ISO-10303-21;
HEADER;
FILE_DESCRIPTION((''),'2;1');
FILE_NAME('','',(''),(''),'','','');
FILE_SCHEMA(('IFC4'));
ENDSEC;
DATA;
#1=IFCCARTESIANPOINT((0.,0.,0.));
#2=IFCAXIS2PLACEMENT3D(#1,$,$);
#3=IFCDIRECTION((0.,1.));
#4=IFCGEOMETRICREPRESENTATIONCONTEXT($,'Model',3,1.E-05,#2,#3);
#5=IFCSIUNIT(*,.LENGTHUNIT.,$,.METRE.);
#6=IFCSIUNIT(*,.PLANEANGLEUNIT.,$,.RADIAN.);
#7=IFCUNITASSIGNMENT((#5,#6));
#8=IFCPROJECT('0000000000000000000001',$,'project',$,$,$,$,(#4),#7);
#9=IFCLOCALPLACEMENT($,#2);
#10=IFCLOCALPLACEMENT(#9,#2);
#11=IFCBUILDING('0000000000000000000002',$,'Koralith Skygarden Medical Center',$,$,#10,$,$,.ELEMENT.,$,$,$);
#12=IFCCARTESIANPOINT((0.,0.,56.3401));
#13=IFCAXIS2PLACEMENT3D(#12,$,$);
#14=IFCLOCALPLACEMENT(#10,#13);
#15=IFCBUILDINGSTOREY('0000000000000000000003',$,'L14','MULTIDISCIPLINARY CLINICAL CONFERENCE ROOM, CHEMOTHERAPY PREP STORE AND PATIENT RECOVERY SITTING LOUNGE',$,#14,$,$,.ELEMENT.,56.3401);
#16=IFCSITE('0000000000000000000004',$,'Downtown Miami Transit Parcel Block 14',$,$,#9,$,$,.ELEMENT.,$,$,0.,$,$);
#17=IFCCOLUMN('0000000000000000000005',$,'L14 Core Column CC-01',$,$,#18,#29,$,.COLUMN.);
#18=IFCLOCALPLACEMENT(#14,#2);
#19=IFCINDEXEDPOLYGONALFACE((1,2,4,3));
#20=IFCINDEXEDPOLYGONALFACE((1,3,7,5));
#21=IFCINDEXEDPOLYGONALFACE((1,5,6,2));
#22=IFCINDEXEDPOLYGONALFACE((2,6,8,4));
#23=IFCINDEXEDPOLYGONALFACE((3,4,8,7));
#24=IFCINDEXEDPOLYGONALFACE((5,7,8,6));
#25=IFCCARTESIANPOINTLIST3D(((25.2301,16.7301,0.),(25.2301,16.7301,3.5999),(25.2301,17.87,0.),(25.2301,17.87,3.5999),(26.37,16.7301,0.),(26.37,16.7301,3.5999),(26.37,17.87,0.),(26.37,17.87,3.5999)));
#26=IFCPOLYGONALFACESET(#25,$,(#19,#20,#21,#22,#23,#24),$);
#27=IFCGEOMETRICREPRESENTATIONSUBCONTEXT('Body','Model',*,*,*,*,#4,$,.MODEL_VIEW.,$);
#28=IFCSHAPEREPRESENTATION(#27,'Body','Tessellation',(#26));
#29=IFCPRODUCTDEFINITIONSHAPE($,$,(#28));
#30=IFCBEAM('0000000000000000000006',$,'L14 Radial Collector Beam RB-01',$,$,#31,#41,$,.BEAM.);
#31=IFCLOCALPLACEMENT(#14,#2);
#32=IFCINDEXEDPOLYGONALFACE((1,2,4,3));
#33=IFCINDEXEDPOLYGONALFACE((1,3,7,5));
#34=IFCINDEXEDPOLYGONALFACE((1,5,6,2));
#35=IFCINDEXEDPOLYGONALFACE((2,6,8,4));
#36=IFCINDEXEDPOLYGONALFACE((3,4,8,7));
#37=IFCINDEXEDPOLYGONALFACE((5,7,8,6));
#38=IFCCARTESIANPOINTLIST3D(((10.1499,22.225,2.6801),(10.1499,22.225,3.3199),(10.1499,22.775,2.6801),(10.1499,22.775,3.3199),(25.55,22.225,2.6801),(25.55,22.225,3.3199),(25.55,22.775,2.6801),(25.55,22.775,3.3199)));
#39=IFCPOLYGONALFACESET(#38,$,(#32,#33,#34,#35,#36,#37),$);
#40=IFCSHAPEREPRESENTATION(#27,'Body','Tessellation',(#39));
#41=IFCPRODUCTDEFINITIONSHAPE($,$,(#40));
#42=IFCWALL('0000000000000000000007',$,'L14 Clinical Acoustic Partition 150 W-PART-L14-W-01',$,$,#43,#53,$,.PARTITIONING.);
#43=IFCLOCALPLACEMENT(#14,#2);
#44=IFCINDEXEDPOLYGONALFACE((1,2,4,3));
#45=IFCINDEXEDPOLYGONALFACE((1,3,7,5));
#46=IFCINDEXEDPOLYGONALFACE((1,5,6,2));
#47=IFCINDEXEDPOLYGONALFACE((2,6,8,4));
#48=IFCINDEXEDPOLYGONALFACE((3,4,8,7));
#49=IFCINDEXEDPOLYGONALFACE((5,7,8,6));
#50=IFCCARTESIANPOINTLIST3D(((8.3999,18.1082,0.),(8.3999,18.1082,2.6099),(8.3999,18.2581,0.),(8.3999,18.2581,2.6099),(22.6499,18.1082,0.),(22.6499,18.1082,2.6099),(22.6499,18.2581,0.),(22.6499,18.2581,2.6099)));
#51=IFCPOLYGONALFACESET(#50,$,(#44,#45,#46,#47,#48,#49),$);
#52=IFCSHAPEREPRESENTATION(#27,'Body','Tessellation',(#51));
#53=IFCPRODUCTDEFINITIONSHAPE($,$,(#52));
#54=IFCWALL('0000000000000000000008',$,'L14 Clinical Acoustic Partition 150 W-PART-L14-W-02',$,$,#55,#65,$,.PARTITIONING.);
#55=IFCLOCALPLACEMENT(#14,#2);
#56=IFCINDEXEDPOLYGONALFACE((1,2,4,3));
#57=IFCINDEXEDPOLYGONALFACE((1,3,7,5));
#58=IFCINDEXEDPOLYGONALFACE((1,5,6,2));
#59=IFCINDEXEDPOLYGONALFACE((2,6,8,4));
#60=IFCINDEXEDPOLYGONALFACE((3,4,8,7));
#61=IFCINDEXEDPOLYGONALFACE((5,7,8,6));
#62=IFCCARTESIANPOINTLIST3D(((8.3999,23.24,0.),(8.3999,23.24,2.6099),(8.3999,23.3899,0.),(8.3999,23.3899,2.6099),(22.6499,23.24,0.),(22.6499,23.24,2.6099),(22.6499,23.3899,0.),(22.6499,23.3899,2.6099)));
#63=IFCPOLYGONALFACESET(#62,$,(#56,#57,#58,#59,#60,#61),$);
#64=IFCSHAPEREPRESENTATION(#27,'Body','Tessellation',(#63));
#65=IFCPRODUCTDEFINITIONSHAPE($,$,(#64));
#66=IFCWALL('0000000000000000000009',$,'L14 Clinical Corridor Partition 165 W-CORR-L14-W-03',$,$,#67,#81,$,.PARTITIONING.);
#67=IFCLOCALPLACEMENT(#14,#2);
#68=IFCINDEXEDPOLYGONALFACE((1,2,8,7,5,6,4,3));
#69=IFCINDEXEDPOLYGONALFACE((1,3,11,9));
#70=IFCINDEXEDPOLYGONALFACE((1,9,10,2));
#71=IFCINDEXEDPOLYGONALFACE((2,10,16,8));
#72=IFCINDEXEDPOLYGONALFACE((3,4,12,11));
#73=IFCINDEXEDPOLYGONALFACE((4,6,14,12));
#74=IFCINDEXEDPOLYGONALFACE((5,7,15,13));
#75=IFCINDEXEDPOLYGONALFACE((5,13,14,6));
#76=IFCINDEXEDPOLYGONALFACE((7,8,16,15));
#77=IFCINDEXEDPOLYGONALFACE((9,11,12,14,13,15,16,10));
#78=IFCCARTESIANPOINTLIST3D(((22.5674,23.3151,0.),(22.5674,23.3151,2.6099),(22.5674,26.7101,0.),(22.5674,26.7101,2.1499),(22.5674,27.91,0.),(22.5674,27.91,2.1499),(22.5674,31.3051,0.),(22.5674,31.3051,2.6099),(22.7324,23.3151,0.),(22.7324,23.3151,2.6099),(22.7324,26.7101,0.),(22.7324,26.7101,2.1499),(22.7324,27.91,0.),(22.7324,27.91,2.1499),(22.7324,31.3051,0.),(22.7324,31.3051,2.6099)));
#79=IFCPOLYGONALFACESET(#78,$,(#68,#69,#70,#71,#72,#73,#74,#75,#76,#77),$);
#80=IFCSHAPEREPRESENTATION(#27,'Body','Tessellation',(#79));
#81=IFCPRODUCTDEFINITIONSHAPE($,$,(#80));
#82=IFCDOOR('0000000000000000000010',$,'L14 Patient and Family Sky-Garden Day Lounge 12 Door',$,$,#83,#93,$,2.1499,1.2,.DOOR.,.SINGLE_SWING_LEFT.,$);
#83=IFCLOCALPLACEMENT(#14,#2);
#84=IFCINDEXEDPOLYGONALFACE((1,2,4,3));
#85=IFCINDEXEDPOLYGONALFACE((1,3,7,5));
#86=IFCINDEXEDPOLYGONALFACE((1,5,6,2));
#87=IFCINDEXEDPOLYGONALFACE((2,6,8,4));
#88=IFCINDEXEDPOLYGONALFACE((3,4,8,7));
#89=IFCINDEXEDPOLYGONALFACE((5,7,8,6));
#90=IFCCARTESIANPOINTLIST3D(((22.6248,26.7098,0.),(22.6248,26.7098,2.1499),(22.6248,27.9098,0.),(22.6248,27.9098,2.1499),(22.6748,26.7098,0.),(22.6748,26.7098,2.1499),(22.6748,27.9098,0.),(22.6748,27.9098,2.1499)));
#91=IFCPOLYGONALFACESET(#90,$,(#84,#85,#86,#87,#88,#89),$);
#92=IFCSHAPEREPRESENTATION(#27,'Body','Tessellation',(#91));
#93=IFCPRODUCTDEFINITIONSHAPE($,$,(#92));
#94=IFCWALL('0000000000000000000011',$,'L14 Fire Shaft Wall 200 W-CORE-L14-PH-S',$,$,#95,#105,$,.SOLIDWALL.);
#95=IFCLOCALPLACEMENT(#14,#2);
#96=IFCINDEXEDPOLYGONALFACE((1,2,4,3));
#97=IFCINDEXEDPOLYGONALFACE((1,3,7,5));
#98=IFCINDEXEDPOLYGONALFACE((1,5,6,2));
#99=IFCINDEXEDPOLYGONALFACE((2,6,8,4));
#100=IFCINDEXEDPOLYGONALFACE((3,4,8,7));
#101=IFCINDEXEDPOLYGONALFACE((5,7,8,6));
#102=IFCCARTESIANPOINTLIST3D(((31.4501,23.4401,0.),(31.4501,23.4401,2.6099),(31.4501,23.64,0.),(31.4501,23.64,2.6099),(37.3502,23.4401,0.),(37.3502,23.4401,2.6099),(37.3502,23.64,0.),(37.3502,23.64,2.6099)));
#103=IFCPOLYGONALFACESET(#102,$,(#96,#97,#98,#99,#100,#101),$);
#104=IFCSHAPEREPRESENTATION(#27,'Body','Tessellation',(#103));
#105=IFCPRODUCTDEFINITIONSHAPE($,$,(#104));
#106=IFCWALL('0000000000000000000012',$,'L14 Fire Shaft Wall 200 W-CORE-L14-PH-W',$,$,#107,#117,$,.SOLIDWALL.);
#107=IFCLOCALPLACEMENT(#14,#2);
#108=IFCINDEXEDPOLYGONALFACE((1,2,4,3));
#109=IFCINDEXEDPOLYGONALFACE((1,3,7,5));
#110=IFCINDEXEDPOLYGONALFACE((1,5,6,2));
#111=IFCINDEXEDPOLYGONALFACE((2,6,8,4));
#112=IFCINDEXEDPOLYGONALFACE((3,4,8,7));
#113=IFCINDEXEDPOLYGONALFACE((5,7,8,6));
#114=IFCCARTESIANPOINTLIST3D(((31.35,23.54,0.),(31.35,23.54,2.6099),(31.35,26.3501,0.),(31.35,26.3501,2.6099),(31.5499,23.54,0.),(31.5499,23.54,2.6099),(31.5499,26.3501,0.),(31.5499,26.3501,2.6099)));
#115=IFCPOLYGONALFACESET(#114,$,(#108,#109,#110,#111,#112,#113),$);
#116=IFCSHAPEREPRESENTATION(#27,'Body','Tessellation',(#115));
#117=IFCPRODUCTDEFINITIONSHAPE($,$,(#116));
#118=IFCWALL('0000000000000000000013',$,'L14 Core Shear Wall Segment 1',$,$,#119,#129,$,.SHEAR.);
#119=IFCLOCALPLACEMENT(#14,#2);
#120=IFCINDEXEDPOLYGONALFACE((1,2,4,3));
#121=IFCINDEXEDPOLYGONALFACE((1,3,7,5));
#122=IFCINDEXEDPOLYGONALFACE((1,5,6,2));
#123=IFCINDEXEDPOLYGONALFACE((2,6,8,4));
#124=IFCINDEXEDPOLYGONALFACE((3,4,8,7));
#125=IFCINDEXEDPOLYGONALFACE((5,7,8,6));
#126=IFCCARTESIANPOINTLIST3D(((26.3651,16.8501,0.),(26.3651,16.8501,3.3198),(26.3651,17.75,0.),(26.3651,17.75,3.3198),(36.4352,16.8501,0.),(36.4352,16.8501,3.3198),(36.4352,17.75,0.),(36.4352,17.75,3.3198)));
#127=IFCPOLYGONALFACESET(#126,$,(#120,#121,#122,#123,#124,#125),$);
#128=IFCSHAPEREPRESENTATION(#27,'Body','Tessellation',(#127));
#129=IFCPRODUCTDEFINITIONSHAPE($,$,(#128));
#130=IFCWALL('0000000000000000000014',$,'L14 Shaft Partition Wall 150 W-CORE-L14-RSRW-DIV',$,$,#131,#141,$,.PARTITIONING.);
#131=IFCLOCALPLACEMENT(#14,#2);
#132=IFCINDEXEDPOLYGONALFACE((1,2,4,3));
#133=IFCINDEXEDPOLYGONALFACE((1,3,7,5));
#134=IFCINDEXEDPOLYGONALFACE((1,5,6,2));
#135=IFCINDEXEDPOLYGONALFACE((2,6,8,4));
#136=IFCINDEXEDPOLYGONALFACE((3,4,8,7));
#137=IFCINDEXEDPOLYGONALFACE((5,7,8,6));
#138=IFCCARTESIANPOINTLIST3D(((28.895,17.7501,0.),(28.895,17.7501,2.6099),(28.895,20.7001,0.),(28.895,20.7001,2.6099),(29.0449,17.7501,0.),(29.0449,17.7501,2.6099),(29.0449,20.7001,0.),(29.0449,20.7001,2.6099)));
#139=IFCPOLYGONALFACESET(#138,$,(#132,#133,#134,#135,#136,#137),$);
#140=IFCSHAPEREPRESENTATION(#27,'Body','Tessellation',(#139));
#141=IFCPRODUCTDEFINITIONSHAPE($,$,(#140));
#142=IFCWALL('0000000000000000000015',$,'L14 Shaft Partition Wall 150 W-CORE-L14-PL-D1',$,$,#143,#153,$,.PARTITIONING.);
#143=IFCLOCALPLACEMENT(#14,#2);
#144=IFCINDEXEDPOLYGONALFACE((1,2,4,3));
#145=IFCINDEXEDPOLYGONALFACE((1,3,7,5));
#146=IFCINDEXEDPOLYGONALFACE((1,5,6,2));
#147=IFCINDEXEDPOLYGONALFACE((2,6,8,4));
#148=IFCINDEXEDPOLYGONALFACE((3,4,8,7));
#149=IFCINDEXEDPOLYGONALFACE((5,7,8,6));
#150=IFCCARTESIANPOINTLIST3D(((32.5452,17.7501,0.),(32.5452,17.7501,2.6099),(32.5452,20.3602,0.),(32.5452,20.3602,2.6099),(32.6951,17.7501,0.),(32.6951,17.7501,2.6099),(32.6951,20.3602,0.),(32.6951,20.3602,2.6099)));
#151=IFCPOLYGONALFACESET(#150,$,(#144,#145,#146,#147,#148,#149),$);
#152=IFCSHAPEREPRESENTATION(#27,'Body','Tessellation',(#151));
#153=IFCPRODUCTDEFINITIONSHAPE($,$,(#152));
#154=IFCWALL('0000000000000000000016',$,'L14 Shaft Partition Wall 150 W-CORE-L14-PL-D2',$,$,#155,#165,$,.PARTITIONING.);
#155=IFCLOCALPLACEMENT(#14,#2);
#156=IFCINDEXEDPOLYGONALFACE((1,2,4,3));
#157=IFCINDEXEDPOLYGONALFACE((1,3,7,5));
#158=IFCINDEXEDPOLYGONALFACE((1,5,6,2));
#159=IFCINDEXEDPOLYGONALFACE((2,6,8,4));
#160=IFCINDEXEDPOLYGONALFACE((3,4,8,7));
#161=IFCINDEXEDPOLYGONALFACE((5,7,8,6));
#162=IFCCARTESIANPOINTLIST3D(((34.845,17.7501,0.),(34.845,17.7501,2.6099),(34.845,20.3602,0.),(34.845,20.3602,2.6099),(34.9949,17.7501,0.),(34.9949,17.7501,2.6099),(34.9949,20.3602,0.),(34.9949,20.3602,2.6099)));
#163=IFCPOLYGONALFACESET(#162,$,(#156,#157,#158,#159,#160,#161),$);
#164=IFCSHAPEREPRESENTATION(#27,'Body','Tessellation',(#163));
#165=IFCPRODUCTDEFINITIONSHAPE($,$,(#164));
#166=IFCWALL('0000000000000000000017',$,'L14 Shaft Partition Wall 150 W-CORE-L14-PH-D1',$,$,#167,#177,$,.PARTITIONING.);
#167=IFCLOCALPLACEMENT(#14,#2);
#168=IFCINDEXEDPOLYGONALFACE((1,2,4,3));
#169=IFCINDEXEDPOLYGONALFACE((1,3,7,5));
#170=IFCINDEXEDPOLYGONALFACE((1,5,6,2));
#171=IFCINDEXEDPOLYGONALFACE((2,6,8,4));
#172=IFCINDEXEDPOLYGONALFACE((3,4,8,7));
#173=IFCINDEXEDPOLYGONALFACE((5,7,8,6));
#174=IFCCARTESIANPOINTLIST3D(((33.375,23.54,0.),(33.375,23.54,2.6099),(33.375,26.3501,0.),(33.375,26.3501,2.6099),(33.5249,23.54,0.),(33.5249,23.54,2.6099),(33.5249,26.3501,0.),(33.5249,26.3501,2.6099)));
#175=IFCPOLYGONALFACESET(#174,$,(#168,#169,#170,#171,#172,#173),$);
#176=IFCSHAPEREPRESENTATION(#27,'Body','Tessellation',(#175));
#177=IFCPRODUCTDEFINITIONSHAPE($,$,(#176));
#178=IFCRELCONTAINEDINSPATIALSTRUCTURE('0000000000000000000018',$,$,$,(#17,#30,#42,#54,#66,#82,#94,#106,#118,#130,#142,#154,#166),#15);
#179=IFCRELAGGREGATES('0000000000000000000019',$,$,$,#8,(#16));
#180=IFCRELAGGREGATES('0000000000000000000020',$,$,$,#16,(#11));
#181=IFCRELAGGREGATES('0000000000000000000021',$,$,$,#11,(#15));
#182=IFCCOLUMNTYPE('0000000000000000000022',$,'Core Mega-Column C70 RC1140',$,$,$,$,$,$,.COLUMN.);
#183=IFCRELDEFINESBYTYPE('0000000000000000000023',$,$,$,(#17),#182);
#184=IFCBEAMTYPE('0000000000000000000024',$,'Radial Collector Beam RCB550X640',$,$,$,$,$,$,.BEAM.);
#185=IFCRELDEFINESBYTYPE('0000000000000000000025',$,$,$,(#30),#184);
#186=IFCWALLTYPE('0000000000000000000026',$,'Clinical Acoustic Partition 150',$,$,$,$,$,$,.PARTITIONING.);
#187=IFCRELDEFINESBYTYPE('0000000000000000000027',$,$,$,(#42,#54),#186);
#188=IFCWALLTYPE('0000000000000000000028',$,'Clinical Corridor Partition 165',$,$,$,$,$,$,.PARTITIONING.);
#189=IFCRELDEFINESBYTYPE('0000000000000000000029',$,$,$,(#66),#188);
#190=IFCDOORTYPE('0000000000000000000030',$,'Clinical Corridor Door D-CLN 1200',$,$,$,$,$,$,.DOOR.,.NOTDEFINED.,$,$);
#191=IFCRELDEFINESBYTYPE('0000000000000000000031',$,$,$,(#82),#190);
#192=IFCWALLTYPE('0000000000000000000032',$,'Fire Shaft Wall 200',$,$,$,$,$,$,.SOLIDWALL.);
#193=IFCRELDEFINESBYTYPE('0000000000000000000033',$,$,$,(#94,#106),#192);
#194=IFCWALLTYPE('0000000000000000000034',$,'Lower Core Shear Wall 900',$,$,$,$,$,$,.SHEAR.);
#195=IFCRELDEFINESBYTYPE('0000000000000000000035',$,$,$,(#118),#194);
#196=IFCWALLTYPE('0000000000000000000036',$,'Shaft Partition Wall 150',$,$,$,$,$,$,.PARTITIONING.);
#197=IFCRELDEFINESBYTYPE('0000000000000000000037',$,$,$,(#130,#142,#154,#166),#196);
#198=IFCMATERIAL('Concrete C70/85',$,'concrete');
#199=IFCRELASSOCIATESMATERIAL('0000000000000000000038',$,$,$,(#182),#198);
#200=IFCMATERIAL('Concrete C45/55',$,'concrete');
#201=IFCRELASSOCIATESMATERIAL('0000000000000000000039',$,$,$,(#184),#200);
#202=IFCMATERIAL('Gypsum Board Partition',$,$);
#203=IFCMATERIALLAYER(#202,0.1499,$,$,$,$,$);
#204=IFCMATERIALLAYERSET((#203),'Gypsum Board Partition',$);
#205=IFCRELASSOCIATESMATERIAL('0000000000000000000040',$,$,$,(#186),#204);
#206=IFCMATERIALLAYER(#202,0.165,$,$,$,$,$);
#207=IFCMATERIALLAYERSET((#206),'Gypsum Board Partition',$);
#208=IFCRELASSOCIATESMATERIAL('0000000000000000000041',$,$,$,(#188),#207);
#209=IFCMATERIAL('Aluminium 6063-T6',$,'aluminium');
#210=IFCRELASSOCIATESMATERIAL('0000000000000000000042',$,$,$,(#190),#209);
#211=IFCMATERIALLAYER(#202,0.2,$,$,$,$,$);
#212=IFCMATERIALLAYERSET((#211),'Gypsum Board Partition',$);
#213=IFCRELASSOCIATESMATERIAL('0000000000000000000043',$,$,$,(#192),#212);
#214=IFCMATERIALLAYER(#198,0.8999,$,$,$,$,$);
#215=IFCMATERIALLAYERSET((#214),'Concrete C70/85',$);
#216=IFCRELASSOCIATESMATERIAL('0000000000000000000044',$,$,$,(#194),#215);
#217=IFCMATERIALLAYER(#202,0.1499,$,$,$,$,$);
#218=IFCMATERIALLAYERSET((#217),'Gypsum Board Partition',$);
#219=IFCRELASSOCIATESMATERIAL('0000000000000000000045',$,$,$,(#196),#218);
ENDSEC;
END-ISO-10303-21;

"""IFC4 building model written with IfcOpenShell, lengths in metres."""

from ifc_helpers import new_model, si_unit, direction, frame, frame_2d, origin, origin_2d, place, context, subcontext, project, spatial, rectangle, extrude, material, layer, layer_set, material_profile, profile_set, type_object, element, fill, save


model = new_model("IFC4")

# Units and contexts
model_context = context("Model", 3, precision=1e-05, world=origin(), true_north=direction((0.0, 1.0)))
body_context = subcontext(model_context, "Body", "Model", "MODEL_VIEW")
ifc_project = project(units=[si_unit("LENGTHUNIT", "METRE"), si_unit("PLANEANGLEUNIT", "RADIAN")], contexts=[model_context])

# Site, building, storey
site_placement = place(None, origin())
site = spatial("IfcSite", under=ifc_project, at=site_placement, Name="Downtown Miami Transit Parcel Block 14", CompositionType="ELEMENT", RefElevation=0.0)
building_placement = place(site_placement, origin())
building = spatial("IfcBuilding", under=site, at=building_placement, Name="Koralith Skygarden Medical Center", CompositionType="ELEMENT")
storey_placement = place(building_placement, frame((0.0, 0.0, 56.3401)))
storey = spatial("IfcBuildingStorey", under=building, at=storey_placement, Name="L14", Description="MULTIDISCIPLINARY CLINICAL CONFERENCE ROOM, CHEMOTHERAPY PREP STORE AND PATIENT RECOVERY SITTING LOUNGE", CompositionType="ELEMENT", Elevation=56.3401)

# Column
ifc_material_1 = material(Name="Concrete C70/85", Category="concrete")
ifc_material_profile_1 = material_profile(ifc_material_1, rectangle(XDim=1.1399, YDim=1.1399, at=origin_2d()), Name="RC1140X1140")
ifc_profile_set_1 = profile_set([ifc_material_profile_1], Name="Concrete C70/85")
column_type = type_object("IfcColumnType", Name="Core Mega-Column C70 RC1140", PredefinedType="COLUMN", material=ifc_profile_set_1)
column_placement = place(storey_placement, frame((25.8, 17.3, 0.0), z_axis=(0.0, 0.0, 1.0), x_axis=(1.0, 0.0, 0.0)))
element("IfcColumn", 1, at=column_placement, inside=storey, type_object=column_type, Name="L14 Core Column CC-01", PredefinedType="COLUMN", context=body_context, shape_type="SweptSolid", body=[
    extrude(rectangle(XDim=1.1399, YDim=1.1399, at=origin_2d()), origin(), (0.0, 0.0, 1.0), 3.5999),
])

# Beam
ifc_material_2 = material(Name="Concrete C45/55", Category="concrete")
ifc_material_profile_2 = material_profile(ifc_material_2, rectangle(XDim=0.55, YDim=0.6399, at=origin_2d()), Name="RCB550X640")
ifc_profile_set_2 = profile_set([ifc_material_profile_2], Name="Concrete C45/55")
beam_type = type_object("IfcBeamType", Name="Radial Collector Beam RCB550X640", PredefinedType="BEAM", material=ifc_profile_set_2)
beam_placement = place(storey_placement, frame((25.55, 22.5, 3.0), z_axis=(-1.0, 0.0, 0.0), x_axis=(0.0, -1.0, 0.0)))
element("IfcBeam", 2, at=beam_placement, inside=storey, type_object=beam_type, Name="L14 Radial Collector Beam RB-01", PredefinedType="BEAM", context=body_context, shape_type="SweptSolid", body=[
    extrude(rectangle(XDim=0.55, YDim=0.6399, at=origin_2d()), origin(), (0.0, 0.0, 1.0), 15.4001),
])

# Walls
ifc_material_3 = material(Name="Gypsum Board Partition")
ifc_layer_1 = layer(ifc_material_3, 0.1499)
ifc_layer_set_1 = layer_set([ifc_layer_1], Name="Gypsum Board Partition")
wall_type_1 = type_object("IfcWallType", Name="Clinical Acoustic Partition 150", PredefinedType="PARTITIONING", material=ifc_layer_set_1)
for number, where, z_axis, x_axis, name in (
    (3, (22.6499, 18.1831, 0.0), (0.0, 0.0, 1.0), (-1.0, 0.0, 0.0), "L14 Clinical Acoustic Partition 150 W-PART-L14-W-01"),
    (4, (22.6499, 23.3149, 0.0), (0.0, 0.0, 1.0), (-1.0, 0.0, 0.0), "L14 Clinical Acoustic Partition 150 W-PART-L14-W-02"),
):
    element("IfcWall", number, at=place(storey_placement, frame(where, z_axis=z_axis, x_axis=x_axis)), inside=storey, type_object=wall_type_1, Name=name, PredefinedType="PARTITIONING", context=body_context, shape_type="SweptSolid", body=[
        extrude(rectangle(XDim=14.25, YDim=0.1499, at=frame_2d((7.125, 0.0))), origin(), (0.0, 0.0, 1.0), 2.6099),
    ])

# Wall, opening, door
ifc_layer_2 = layer(ifc_material_3, 0.165)
ifc_layer_set_2 = layer_set([ifc_layer_2], Name="Gypsum Board Partition")
wall_type_2 = type_object("IfcWallType", Name="Clinical Corridor Partition 165", PredefinedType="PARTITIONING", material=ifc_layer_set_2)
ifc_material_4 = material(Name="Aluminium 6063-T6", Category="aluminium")
door_type_1 = type_object("IfcDoorType", Name="Clinical Corridor Door D-CLN 1200", OperationType="NOTDEFINED", PredefinedType="DOOR", material=ifc_material_4)
wall_1_placement = place(storey_placement, frame((22.6499, 23.3149, 0.0), z_axis=(0.0, 0.0, 1.0), x_axis=(0.0, 1.0, 0.0)))
wall_1 = element("IfcWall", 5, at=wall_1_placement, inside=storey, type_object=wall_type_2, Name="L14 Clinical Corridor Partition 165 W-CORR-L14-W-03", PredefinedType="PARTITIONING", context=body_context, shape_type="SweptSolid", body=[
    extrude(rectangle(XDim=7.99, YDim=0.165, at=frame_2d((3.9951, 0.0))), origin(), (0.0, 0.0, 1.0), 2.6099),
])
opening_1_placement = place(wall_1_placement, frame((3.395, 0.0, 0.0)))
opening_1 = element("IfcOpeningElement", 6, at=opening_1_placement, cuts=wall_1, PredefinedType="OPENING", context=body_context, shape_type="SweptSolid", body=[
    extrude(rectangle(XDim=1.2, YDim=2.1499, at=frame_2d((0.6001, 1.075))), frame((0.0, 0.0925, 0.0), z_axis=(0.0, -1.0, 0.0), x_axis=(1.0, 0.0, 0.0)), (0.0, 0.0, 1.0), 0.1851),
])
door_1_placement = place(opening_1_placement, frame((1.2, 0.0, 0.0), z_axis=(0.0, 0.0, 1.0), x_axis=(-1.0, 0.0, 0.0)))
door_1 = element("IfcDoor", 7, at=door_1_placement, inside=storey, type_object=door_type_1, Name="L14 Patient and Family Sky-Garden Day Lounge 12 Door", OperationType="SINGLE_SWING_LEFT", OverallHeight=2.1499, OverallWidth=1.2, PredefinedType="DOOR", context=body_context, shape_type="SweptSolid", body=[
    extrude(rectangle(XDim=1.2, YDim=2.1499, at=frame_2d((0.6001, 1.075))), frame((0.0, 0.0249, 0.0), z_axis=(0.0, -1.0, 0.0), x_axis=(1.0, 0.0, 0.0)), (0.0, 0.0, 1.0), 0.05),
])
fill(opening_1, door_1)
ifc_layer_3 = layer(ifc_material_3, 0.2)
ifc_layer_set_3 = layer_set([ifc_layer_3], Name="Gypsum Board Partition")
wall_type_3 = type_object("IfcWallType", Name="Fire Shaft Wall 200", PredefinedType="SOLIDWALL", material=ifc_layer_set_3)

# Walls
wall_2_placement = place(storey_placement, frame((31.45, 23.54, 0.0), z_axis=(0.0, 0.0, 1.0), x_axis=(1.0, 0.0, 0.0)))
element("IfcWall", 8, at=wall_2_placement, inside=storey, type_object=wall_type_3, Name="L14 Fire Shaft Wall 200 W-CORE-L14-PH-S", PredefinedType="SOLIDWALL", context=body_context, shape_type="SweptSolid", body=[
    extrude(rectangle(XDim=5.9001, YDim=0.2, at=frame_2d((2.9502, 0.0))), origin(), (0.0, 0.0, 1.0), 2.6099),
])
wall_3_placement = place(storey_placement, frame((31.45, 23.54, 0.0), z_axis=(0.0, 0.0, 1.0), x_axis=(0.0, 1.0, 0.0)))
element("IfcWall", 9, at=wall_3_placement, inside=storey, type_object=wall_type_3, Name="L14 Fire Shaft Wall 200 W-CORE-L14-PH-W", PredefinedType="SOLIDWALL", context=body_context, shape_type="SweptSolid", body=[
    extrude(rectangle(XDim=2.8101, YDim=0.2, at=frame_2d((1.405, 0.0))), origin(), (0.0, 0.0, 1.0), 2.6099),
])
ifc_layer_4 = layer(ifc_material_1, 0.8999)
ifc_layer_set_4 = layer_set([ifc_layer_4], Name="Concrete C70/85")
wall_type_4 = type_object("IfcWallType", Name="Lower Core Shear Wall 900", PredefinedType="SHEAR", material=ifc_layer_set_4)
wall_4_placement = place(storey_placement, frame((26.365, 17.3, 0.0), z_axis=(0.0, 0.0, 1.0), x_axis=(1.0, 0.0, 0.0)))
element("IfcWall", 10, at=wall_4_placement, inside=storey, type_object=wall_type_4, Name="L14 Core Shear Wall Segment 1", PredefinedType="SHEAR", context=body_context, shape_type="SweptSolid", body=[
    extrude(rectangle(XDim=10.0701, YDim=0.8999, at=frame_2d((5.0352, 0.0))), origin(), (0.0, 0.0, 1.0), 3.3198),
])
ifc_layer_5 = layer(ifc_material_3, 0.1499)
ifc_layer_set_5 = layer_set([ifc_layer_5], Name="Gypsum Board Partition")
wall_type_5 = type_object("IfcWallType", Name="Shaft Partition Wall 150", PredefinedType="PARTITIONING", material=ifc_layer_set_5)
wall_5_placement = place(storey_placement, frame((28.97, 17.75, 0.0), z_axis=(0.0, 0.0, 1.0), x_axis=(0.0, 1.0, 0.0)))
element("IfcWall", 11, at=wall_5_placement, inside=storey, type_object=wall_type_5, Name="L14 Shaft Partition Wall 150 W-CORE-L14-RSRW-DIV", PredefinedType="PARTITIONING", context=body_context, shape_type="SweptSolid", body=[
    extrude(rectangle(XDim=2.95, YDim=0.1499, at=frame_2d((1.4751, 0.0))), origin(), (0.0, 0.0, 1.0), 2.6099),
])
for number, where, z_axis, x_axis, name in (
    (12, (32.6201, 17.75, 0.0), (0.0, 0.0, 1.0), (0.0, 1.0, 0.0), "L14 Shaft Partition Wall 150 W-CORE-L14-PL-D1"),
    (13, (34.9199, 17.75, 0.0), (0.0, 0.0, 1.0), (0.0, 1.0, 0.0), "L14 Shaft Partition Wall 150 W-CORE-L14-PL-D2"),
):
    element("IfcWall", number, at=place(storey_placement, frame(where, z_axis=z_axis, x_axis=x_axis)), inside=storey, type_object=wall_type_5, Name=name, PredefinedType="PARTITIONING", context=body_context, shape_type="SweptSolid", body=[
        extrude(rectangle(XDim=2.6101, YDim=0.1499, at=frame_2d((1.3052, 0.0))), origin(), (0.0, 0.0, 1.0), 2.6099),
    ])
for number, where, z_axis, x_axis, name in (
    (14, (33.45, 23.54, 0.0), (0.0, 0.0, 1.0), (0.0, 1.0, 0.0), "L14 Shaft Partition Wall 150 W-CORE-L14-PH-D1"),
):
    element("IfcWall", number, at=place(storey_placement, frame(where, z_axis=z_axis, x_axis=x_axis)), inside=storey, type_object=wall_type_5, Name=name, PredefinedType="PARTITIONING", context=body_context, shape_type="SweptSolid", body=[
        extrude(rectangle(XDim=2.8101, YDim=0.1499, at=frame_2d((1.405, 0.0))), origin(), (0.0, 0.0, 1.0), 2.6099),
    ])

save(model, "model.ifc")
